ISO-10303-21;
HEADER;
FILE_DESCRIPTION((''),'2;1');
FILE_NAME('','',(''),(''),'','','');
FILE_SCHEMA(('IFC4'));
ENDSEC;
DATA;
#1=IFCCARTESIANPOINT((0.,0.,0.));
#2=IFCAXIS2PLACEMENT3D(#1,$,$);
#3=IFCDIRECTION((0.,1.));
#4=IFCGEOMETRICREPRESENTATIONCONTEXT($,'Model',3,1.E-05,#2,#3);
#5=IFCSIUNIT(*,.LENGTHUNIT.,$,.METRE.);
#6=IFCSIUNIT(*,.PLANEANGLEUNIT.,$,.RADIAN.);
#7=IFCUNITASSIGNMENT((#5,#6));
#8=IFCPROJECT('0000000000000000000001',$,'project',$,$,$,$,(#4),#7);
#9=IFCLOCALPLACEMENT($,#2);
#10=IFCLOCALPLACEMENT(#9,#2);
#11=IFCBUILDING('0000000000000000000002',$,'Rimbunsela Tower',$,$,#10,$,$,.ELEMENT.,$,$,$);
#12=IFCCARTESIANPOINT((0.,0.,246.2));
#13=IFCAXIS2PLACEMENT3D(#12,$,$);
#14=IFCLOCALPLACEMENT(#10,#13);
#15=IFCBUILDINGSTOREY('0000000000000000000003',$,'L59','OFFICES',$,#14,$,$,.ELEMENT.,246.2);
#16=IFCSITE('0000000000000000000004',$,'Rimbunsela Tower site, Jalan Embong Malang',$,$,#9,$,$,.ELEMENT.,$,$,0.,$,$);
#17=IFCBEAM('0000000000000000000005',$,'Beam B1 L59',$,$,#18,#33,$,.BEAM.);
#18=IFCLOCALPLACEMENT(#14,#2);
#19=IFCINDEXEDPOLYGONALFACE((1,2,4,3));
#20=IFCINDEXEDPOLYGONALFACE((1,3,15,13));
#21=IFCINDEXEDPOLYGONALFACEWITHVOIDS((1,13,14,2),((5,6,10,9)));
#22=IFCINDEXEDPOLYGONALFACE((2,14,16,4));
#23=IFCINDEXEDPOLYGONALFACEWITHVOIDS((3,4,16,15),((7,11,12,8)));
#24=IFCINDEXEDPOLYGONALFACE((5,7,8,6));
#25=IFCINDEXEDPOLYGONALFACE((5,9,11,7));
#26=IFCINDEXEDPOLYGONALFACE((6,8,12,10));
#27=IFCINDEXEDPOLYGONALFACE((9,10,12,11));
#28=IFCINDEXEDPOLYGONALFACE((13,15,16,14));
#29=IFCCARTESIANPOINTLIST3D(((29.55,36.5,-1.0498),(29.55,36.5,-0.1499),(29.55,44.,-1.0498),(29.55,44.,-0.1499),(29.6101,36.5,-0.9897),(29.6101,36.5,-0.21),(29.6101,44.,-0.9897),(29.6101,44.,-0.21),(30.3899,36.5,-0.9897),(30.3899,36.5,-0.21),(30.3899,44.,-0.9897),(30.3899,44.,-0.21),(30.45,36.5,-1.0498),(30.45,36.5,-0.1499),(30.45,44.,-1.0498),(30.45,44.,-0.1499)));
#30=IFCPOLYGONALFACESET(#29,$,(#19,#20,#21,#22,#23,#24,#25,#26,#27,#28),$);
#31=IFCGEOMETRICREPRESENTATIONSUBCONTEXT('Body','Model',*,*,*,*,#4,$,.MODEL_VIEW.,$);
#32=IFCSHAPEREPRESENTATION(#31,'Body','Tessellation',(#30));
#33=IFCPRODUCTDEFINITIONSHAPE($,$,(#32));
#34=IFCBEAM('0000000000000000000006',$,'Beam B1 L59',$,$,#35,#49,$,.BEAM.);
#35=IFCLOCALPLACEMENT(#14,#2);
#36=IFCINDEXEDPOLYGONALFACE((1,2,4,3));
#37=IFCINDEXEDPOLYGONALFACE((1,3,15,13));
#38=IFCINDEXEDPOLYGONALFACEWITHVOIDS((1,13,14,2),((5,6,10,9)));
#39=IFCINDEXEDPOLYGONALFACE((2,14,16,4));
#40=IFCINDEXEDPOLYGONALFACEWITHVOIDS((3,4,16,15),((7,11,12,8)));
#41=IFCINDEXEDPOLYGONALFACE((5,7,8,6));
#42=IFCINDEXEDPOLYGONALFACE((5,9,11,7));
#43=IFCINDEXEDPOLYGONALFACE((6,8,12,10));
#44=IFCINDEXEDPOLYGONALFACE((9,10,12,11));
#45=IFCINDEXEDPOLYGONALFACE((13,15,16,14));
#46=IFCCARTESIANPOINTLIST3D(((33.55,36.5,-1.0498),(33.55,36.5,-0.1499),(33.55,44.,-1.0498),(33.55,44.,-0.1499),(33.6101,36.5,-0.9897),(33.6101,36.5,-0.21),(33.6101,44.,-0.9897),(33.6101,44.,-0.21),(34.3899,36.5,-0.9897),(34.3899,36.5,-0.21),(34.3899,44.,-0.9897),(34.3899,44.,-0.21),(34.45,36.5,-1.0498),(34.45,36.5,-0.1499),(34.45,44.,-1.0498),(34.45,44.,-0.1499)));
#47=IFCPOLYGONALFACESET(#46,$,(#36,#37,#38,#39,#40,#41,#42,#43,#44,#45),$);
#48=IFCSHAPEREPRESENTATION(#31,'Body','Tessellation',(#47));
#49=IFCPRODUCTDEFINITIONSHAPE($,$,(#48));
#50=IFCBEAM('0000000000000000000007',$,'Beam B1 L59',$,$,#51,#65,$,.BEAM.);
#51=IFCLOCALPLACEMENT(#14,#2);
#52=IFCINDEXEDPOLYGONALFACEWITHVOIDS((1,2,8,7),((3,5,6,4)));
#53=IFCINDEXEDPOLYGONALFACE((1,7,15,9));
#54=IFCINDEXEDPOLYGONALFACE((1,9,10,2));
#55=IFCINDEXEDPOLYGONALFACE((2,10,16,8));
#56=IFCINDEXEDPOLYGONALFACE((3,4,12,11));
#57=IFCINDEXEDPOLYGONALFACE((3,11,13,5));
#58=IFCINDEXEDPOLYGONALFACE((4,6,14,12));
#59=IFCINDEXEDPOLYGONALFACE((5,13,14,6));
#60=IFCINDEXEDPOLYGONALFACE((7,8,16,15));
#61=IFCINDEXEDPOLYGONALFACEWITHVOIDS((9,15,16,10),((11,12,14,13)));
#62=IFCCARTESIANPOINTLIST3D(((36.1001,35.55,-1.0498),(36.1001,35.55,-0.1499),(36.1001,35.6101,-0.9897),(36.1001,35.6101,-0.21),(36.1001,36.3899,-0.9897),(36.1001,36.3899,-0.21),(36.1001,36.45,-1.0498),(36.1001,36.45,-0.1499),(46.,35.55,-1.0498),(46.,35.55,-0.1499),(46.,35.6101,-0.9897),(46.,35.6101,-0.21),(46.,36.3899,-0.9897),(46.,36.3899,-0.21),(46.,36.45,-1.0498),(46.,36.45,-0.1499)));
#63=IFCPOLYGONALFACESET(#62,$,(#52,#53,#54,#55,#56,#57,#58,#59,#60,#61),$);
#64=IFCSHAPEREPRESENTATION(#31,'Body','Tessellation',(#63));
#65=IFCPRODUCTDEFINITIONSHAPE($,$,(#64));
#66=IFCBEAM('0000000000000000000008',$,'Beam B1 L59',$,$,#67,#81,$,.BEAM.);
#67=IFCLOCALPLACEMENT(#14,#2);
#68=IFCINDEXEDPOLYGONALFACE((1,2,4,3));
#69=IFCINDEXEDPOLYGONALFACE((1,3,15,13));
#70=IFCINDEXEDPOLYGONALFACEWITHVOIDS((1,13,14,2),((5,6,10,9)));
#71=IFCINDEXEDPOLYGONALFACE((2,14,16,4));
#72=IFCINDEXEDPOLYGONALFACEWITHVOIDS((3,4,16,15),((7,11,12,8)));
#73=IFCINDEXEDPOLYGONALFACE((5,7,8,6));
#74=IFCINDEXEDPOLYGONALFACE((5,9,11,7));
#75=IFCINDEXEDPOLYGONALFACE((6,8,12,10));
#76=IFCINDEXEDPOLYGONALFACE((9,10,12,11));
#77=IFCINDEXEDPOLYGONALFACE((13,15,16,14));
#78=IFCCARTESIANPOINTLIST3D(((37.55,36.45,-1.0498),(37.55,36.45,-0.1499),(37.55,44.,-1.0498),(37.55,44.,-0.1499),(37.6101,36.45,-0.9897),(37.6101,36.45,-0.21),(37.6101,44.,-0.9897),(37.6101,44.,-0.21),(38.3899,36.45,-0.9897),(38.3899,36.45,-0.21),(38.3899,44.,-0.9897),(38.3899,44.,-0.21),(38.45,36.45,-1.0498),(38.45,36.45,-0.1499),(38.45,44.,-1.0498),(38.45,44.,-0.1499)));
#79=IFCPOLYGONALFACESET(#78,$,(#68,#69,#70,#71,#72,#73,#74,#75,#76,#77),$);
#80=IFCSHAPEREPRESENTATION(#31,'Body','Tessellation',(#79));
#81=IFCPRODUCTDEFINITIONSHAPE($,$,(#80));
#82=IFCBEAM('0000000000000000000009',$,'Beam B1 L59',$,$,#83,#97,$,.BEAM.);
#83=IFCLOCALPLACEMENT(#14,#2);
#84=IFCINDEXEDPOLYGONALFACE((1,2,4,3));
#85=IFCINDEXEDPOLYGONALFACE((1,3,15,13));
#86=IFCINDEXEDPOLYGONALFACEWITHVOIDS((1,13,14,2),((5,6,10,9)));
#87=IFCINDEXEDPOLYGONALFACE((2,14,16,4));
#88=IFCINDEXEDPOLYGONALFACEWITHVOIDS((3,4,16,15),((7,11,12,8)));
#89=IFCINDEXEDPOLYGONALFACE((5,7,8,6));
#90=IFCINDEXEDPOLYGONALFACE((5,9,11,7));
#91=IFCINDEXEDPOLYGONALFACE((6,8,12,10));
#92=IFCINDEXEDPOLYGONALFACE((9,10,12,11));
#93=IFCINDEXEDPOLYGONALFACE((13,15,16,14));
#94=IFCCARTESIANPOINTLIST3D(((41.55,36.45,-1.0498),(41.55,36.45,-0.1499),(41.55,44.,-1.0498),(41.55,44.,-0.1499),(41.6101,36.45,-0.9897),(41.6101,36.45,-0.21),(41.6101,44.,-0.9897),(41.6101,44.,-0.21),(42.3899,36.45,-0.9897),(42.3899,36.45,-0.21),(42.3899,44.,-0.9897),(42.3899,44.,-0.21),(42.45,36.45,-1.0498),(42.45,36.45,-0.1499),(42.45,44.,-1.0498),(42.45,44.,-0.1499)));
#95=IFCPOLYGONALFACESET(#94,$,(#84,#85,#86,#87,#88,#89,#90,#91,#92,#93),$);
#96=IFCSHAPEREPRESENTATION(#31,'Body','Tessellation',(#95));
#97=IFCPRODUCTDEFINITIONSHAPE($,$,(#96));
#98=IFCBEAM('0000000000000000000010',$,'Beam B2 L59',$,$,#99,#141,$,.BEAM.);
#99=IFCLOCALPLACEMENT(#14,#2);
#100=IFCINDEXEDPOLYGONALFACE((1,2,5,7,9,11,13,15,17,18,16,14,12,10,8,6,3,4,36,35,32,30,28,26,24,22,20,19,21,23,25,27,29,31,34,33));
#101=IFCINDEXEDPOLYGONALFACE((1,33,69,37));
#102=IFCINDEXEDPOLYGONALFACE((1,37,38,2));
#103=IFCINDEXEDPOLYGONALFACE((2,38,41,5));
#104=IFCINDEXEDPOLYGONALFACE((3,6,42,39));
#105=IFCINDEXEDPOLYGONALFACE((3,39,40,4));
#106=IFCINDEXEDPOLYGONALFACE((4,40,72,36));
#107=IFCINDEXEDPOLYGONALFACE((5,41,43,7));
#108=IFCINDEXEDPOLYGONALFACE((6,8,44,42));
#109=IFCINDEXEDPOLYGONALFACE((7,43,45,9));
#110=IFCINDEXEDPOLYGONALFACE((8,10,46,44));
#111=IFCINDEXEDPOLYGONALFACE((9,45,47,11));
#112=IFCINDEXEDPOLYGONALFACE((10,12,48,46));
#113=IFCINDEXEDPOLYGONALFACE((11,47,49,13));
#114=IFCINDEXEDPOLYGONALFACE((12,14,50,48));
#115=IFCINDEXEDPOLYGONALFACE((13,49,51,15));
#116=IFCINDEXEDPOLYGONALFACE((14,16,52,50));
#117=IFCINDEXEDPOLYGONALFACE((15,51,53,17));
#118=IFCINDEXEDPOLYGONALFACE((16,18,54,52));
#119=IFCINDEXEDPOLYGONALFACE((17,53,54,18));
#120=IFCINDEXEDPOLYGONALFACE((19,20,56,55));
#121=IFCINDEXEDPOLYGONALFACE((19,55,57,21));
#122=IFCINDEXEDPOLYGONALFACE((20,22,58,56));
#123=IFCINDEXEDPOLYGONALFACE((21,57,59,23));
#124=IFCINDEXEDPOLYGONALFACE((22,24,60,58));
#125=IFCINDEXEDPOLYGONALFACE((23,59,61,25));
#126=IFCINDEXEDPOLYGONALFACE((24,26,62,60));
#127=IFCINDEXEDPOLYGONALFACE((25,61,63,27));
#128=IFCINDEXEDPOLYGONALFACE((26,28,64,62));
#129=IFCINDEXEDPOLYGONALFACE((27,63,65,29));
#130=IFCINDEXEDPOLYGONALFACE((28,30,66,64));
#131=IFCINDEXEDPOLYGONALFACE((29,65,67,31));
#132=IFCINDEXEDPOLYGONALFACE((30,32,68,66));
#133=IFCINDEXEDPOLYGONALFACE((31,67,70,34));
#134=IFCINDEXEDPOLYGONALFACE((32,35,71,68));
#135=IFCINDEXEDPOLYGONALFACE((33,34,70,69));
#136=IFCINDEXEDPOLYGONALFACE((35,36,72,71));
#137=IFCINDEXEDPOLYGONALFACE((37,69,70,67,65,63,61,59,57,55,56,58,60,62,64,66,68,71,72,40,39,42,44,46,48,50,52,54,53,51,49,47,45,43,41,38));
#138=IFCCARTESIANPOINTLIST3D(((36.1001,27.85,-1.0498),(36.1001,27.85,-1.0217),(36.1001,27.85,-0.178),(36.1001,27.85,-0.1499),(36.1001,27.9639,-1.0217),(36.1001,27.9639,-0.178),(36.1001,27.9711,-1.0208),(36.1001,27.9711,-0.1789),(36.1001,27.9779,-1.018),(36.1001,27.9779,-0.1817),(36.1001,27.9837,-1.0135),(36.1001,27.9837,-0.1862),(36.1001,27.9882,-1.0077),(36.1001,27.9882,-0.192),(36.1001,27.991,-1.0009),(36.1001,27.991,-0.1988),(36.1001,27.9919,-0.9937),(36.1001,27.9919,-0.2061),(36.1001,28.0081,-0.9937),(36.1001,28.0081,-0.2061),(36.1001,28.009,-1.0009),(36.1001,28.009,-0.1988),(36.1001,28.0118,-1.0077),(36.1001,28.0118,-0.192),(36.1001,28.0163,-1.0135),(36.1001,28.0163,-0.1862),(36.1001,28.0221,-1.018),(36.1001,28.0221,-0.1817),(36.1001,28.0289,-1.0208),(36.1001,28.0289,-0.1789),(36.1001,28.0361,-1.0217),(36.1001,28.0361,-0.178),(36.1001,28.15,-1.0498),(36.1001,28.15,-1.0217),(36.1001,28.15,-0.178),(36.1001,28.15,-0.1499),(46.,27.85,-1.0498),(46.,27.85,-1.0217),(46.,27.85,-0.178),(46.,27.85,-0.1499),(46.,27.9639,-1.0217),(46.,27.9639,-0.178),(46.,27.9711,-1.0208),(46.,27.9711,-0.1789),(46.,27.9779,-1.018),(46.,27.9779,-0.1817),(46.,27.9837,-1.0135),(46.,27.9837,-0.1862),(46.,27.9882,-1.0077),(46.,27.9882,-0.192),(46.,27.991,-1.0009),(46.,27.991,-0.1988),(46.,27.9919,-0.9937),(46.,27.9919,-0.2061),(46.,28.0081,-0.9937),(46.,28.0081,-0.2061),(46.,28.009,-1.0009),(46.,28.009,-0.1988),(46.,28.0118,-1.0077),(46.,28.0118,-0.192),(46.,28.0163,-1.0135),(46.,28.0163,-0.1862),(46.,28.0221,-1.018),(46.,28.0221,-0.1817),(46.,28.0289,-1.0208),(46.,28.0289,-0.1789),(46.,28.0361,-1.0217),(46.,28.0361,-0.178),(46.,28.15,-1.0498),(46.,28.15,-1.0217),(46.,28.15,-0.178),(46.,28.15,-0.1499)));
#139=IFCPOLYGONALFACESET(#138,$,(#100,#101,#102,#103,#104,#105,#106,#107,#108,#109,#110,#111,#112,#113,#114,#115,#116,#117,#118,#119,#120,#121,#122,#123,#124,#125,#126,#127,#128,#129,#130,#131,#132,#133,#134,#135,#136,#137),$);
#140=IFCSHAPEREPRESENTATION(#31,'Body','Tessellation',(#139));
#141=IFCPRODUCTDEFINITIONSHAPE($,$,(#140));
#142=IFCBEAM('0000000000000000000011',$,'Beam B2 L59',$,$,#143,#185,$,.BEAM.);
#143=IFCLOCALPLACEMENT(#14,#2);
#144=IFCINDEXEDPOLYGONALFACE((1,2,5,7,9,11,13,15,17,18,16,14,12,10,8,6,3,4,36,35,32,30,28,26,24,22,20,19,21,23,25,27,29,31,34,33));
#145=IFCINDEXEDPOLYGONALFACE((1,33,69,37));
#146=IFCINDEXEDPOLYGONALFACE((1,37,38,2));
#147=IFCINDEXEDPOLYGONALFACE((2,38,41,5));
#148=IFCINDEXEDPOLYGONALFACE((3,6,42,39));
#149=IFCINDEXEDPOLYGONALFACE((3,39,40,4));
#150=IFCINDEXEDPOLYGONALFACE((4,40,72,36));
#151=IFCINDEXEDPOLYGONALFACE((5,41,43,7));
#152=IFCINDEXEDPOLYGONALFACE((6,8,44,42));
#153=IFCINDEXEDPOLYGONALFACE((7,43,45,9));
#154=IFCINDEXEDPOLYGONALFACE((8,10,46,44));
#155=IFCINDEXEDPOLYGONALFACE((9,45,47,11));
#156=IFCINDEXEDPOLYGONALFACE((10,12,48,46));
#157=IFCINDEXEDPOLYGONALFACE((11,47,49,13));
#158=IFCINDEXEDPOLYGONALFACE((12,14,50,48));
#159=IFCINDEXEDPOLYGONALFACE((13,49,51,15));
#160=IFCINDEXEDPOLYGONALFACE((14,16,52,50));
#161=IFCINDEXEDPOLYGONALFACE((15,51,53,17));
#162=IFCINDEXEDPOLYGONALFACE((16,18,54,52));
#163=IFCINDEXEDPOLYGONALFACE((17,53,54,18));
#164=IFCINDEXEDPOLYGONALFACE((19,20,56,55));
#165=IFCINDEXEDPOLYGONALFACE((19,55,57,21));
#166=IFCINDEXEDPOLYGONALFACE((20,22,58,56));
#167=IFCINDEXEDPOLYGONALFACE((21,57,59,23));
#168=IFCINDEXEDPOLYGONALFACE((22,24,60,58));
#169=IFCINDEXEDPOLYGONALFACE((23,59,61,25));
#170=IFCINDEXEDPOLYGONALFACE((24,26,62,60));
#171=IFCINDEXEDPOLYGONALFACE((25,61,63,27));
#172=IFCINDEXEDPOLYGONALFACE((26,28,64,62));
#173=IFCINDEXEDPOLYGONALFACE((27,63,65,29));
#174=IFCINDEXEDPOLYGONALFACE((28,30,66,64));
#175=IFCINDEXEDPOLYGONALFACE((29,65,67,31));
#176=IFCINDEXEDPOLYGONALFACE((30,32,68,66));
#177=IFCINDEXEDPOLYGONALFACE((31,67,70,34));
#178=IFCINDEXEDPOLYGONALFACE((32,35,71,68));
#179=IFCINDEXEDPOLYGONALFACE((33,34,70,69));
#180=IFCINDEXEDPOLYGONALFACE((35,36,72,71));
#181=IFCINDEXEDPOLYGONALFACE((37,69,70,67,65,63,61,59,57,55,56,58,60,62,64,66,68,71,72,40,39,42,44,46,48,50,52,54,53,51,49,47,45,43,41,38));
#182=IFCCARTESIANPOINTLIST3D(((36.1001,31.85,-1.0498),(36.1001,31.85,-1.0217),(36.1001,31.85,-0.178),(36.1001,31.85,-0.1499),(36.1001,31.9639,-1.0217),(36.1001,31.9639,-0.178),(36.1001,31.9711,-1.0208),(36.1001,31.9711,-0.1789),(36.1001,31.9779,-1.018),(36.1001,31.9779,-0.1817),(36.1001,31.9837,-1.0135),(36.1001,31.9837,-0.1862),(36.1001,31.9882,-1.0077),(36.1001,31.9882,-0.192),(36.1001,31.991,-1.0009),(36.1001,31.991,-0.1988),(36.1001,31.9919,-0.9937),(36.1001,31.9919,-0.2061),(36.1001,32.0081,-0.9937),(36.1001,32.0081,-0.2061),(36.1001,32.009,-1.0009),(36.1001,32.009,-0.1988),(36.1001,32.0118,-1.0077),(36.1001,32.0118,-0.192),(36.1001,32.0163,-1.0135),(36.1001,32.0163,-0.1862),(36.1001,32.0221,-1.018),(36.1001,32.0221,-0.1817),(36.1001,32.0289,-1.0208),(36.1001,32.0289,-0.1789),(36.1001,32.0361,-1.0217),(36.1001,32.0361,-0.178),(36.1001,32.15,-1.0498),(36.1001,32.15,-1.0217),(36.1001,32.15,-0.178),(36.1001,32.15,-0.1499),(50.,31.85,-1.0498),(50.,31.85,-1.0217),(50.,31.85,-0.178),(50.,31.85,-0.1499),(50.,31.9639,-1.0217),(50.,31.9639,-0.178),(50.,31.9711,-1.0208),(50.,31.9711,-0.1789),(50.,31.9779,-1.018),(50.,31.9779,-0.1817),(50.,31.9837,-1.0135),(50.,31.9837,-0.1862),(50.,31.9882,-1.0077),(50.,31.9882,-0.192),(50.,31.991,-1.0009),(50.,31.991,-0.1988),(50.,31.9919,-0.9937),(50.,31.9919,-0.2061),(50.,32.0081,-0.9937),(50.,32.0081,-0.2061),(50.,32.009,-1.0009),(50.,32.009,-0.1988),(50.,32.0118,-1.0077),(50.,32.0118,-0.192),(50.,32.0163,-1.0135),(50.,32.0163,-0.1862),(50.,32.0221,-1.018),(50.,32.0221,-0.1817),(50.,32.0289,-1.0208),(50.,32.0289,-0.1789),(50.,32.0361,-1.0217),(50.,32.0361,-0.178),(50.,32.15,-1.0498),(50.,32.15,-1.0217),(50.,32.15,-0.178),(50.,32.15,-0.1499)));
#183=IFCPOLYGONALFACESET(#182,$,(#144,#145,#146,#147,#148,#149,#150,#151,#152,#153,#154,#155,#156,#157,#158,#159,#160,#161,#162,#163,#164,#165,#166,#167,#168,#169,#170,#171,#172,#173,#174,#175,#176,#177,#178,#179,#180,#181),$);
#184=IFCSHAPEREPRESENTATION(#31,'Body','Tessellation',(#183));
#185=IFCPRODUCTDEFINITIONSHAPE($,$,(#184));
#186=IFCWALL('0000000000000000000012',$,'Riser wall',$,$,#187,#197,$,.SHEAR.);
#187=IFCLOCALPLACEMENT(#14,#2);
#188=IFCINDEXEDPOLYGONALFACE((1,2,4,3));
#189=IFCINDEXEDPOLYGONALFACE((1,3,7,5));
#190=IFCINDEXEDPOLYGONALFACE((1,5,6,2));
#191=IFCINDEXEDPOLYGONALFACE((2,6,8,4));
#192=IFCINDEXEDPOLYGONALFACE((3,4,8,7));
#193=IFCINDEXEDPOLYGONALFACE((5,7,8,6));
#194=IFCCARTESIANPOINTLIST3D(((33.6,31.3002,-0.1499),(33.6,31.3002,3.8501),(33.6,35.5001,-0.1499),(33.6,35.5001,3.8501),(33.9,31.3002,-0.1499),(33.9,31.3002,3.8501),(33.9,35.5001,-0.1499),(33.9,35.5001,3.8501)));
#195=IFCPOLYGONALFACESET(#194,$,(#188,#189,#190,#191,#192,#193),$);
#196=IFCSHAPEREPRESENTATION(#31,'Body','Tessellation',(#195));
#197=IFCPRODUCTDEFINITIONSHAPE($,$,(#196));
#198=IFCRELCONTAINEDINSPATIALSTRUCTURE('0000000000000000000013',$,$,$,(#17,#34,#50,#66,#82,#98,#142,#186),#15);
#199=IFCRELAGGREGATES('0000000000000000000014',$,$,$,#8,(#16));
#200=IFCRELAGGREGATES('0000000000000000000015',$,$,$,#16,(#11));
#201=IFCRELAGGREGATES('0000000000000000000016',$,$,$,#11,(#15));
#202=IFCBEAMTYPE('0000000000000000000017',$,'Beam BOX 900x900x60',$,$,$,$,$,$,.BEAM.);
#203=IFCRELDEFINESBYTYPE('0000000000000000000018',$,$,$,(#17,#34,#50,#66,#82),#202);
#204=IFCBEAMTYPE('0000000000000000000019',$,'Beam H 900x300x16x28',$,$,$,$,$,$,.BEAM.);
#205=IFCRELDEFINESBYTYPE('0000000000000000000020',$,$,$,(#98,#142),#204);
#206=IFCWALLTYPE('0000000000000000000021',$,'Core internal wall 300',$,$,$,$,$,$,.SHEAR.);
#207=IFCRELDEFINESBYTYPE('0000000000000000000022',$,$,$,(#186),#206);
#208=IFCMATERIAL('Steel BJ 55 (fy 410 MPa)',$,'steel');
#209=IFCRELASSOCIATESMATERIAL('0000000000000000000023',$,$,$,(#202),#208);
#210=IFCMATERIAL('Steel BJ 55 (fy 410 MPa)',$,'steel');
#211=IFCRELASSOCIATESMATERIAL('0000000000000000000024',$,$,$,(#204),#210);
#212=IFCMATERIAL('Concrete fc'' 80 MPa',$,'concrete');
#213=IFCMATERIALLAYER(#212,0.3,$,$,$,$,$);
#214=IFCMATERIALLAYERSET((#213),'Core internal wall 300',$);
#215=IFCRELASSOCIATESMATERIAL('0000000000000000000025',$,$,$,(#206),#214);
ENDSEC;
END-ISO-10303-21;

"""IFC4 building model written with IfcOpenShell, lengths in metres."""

from ifc_helpers import new_model, si_unit, direction, frame, frame_2d, origin, origin_2d, place, context, subcontext, project, spatial, rectangle, hollow_rectangle, i_section, extrude, material, layer, layer_set, material_profile, profile_set, type_object, element, save


model = new_model("IFC4")

# Units and contexts
model_context = context("Model", 3, precision=1e-05, world=origin(), true_north=direction((0.0, 1.0)))
body_context = subcontext(model_context, "Body", "Model", "MODEL_VIEW")
ifc_project = project(units=[si_unit("LENGTHUNIT", "METRE"), si_unit("PLANEANGLEUNIT", "RADIAN")], contexts=[model_context])

# Site, building, storey
site_placement = place(None, origin())
site = spatial("IfcSite", under=ifc_project, at=site_placement, Name="Rimbunsela Tower site, Jalan Embong Malang", CompositionType="ELEMENT", RefElevation=0.0)
building_placement = place(site_placement, origin())
building = spatial("IfcBuilding", under=site, at=building_placement, Name="Rimbunsela Tower", CompositionType="ELEMENT")
storey_placement = place(building_placement, frame((0.0, 0.0, 246.2)))
storey = spatial("IfcBuildingStorey", under=building, at=storey_placement, Name="L59", Description="OFFICES", CompositionType="ELEMENT", Elevation=246.2)

# Beams
ifc_material_1 = material(Name="Steel BJ 55 (fy 410 MPa)", Category="steel")
ifc_material_profile_1 = material_profile(ifc_material_1, hollow_rectangle(XDim=0.8999, YDim=0.8999, WallThickness=0.0601, at=origin_2d()), Name="BOX 900x900x60")
ifc_profile_set_1 = profile_set([ifc_material_profile_1], Name="Steel BJ 55 (fy 410 MPa)")
beam_type_1 = type_object("IfcBeamType", Name="Beam BOX 900x900x60", PredefinedType="BEAM", material=ifc_profile_set_1)
for number, where, z_axis, x_axis, name in (
    (1, (30.0, 36.5, -0.5999), (0.0, 1.0, 0.0), (-1.0, 0.0, 0.0), "Beam B1 L59"),
    (2, (34.0, 36.5, -0.5999), (0.0, 1.0, 0.0), (-1.0, 0.0, 0.0), "Beam B1 L59"),
):
    element("IfcBeam", number, at=place(storey_placement, frame(where, z_axis=z_axis, x_axis=x_axis)), inside=storey, type_object=beam_type_1, Name=name, PredefinedType="BEAM", context=body_context, shape_type="SweptSolid", body=[
        extrude(hollow_rectangle(XDim=0.8999, YDim=0.8999, WallThickness=0.0601, at=origin_2d()), origin(), (0.0, 0.0, 1.0), 7.5),
    ])
beam_1_placement = place(storey_placement, frame((36.1001, 36.0, -0.5999), z_axis=(1.0, 0.0, 0.0), x_axis=(0.0, 1.0, 0.0)))
element("IfcBeam", 3, at=beam_1_placement, inside=storey, type_object=beam_type_1, Name="Beam B1 L59", PredefinedType="BEAM", context=body_context, shape_type="SweptSolid", body=[
    extrude(hollow_rectangle(XDim=0.8999, YDim=0.8999, WallThickness=0.0601, at=origin_2d()), origin(), (0.0, 0.0, 1.0), 9.8999),
])
for number, where, z_axis, x_axis, name in (
    (4, (38.0, 36.45, -0.5999), (0.0, 1.0, 0.0), (-1.0, 0.0, 0.0), "Beam B1 L59"),
    (5, (42.0, 36.45, -0.5999), (0.0, 1.0, 0.0), (-1.0, 0.0, 0.0), "Beam B1 L59"),
):
    element("IfcBeam", number, at=place(storey_placement, frame(where, z_axis=z_axis, x_axis=x_axis)), inside=storey, type_object=beam_type_1, Name=name, PredefinedType="BEAM", context=body_context, shape_type="SweptSolid", body=[
        extrude(hollow_rectangle(XDim=0.8999, YDim=0.8999, WallThickness=0.0601, at=origin_2d()), origin(), (0.0, 0.0, 1.0), 7.55),
    ])
ifc_material_2 = material(Name="Steel BJ 55 (fy 410 MPa)", Category="steel")
ifc_material_profile_2 = material_profile(ifc_material_2, i_section(OverallWidth=0.3, OverallDepth=0.8999, WebThickness=0.0161, FlangeThickness=0.0281, FilletRadius=0.0281, at=origin_2d()), Name="H 900x300x16x28")
ifc_profile_set_2 = profile_set([ifc_material_profile_2], Name="Steel BJ 55 (fy 410 MPa)")
beam_type_2 = type_object("IfcBeamType", Name="Beam H 900x300x16x28", PredefinedType="BEAM", material=ifc_profile_set_2)
beam_2_placement = place(storey_placement, frame((36.1001, 28.0, -0.5999), z_axis=(1.0, 0.0, 0.0), x_axis=(0.0, 1.0, 0.0)))
element("IfcBeam", 6, at=beam_2_placement, inside=storey, type_object=beam_type_2, Name="Beam B2 L59", PredefinedType="BEAM", context=body_context, shape_type="SweptSolid", body=[
    extrude(i_section(OverallWidth=0.3, OverallDepth=0.8999, WebThickness=0.0161, FlangeThickness=0.0281, FilletRadius=0.0281, at=origin_2d()), origin(), (0.0, 0.0, 1.0), 9.8999),
])
beam_3_placement = place(storey_placement, frame((36.1001, 32.0, -0.5999), z_axis=(1.0, 0.0, 0.0), x_axis=(0.0, 1.0, 0.0)))
element("IfcBeam", 7, at=beam_3_placement, inside=storey, type_object=beam_type_2, Name="Beam B2 L59", PredefinedType="BEAM", context=body_context, shape_type="SweptSolid", body=[
    extrude(i_section(OverallWidth=0.3, OverallDepth=0.8999, WebThickness=0.0161, FlangeThickness=0.0281, FilletRadius=0.0281, at=origin_2d()), origin(), (0.0, 0.0, 1.0), 13.8999),
])

# Wall
ifc_material_3 = material(Name="Concrete fc' 80 MPa", Category="concrete")
ifc_layer_1 = layer(ifc_material_3, 0.3)
ifc_layer_set_1 = layer_set([ifc_layer_1], Name="Core internal wall 300")
wall_type_1 = type_object("IfcWallType", Name="Core internal wall 300", PredefinedType="SHEAR", material=ifc_layer_set_1)
wall_1_placement = place(storey_placement, frame((33.75, 31.3, -0.1499), z_axis=(0.0, 0.0, 1.0), x_axis=(0.0, 1.0, 0.0)))
element("IfcWall", 8, at=wall_1_placement, inside=storey, type_object=wall_type_1, Name="Riser wall", PredefinedType="SHEAR", context=body_context, shape_type="SweptSolid", body=[
    extrude(rectangle(XDim=4.2, YDim=0.3, at=frame_2d((2.1001, 0.0))), origin(), (0.0, 0.0, 1.0), 4.0),
])

save(model, "model.ifc")
